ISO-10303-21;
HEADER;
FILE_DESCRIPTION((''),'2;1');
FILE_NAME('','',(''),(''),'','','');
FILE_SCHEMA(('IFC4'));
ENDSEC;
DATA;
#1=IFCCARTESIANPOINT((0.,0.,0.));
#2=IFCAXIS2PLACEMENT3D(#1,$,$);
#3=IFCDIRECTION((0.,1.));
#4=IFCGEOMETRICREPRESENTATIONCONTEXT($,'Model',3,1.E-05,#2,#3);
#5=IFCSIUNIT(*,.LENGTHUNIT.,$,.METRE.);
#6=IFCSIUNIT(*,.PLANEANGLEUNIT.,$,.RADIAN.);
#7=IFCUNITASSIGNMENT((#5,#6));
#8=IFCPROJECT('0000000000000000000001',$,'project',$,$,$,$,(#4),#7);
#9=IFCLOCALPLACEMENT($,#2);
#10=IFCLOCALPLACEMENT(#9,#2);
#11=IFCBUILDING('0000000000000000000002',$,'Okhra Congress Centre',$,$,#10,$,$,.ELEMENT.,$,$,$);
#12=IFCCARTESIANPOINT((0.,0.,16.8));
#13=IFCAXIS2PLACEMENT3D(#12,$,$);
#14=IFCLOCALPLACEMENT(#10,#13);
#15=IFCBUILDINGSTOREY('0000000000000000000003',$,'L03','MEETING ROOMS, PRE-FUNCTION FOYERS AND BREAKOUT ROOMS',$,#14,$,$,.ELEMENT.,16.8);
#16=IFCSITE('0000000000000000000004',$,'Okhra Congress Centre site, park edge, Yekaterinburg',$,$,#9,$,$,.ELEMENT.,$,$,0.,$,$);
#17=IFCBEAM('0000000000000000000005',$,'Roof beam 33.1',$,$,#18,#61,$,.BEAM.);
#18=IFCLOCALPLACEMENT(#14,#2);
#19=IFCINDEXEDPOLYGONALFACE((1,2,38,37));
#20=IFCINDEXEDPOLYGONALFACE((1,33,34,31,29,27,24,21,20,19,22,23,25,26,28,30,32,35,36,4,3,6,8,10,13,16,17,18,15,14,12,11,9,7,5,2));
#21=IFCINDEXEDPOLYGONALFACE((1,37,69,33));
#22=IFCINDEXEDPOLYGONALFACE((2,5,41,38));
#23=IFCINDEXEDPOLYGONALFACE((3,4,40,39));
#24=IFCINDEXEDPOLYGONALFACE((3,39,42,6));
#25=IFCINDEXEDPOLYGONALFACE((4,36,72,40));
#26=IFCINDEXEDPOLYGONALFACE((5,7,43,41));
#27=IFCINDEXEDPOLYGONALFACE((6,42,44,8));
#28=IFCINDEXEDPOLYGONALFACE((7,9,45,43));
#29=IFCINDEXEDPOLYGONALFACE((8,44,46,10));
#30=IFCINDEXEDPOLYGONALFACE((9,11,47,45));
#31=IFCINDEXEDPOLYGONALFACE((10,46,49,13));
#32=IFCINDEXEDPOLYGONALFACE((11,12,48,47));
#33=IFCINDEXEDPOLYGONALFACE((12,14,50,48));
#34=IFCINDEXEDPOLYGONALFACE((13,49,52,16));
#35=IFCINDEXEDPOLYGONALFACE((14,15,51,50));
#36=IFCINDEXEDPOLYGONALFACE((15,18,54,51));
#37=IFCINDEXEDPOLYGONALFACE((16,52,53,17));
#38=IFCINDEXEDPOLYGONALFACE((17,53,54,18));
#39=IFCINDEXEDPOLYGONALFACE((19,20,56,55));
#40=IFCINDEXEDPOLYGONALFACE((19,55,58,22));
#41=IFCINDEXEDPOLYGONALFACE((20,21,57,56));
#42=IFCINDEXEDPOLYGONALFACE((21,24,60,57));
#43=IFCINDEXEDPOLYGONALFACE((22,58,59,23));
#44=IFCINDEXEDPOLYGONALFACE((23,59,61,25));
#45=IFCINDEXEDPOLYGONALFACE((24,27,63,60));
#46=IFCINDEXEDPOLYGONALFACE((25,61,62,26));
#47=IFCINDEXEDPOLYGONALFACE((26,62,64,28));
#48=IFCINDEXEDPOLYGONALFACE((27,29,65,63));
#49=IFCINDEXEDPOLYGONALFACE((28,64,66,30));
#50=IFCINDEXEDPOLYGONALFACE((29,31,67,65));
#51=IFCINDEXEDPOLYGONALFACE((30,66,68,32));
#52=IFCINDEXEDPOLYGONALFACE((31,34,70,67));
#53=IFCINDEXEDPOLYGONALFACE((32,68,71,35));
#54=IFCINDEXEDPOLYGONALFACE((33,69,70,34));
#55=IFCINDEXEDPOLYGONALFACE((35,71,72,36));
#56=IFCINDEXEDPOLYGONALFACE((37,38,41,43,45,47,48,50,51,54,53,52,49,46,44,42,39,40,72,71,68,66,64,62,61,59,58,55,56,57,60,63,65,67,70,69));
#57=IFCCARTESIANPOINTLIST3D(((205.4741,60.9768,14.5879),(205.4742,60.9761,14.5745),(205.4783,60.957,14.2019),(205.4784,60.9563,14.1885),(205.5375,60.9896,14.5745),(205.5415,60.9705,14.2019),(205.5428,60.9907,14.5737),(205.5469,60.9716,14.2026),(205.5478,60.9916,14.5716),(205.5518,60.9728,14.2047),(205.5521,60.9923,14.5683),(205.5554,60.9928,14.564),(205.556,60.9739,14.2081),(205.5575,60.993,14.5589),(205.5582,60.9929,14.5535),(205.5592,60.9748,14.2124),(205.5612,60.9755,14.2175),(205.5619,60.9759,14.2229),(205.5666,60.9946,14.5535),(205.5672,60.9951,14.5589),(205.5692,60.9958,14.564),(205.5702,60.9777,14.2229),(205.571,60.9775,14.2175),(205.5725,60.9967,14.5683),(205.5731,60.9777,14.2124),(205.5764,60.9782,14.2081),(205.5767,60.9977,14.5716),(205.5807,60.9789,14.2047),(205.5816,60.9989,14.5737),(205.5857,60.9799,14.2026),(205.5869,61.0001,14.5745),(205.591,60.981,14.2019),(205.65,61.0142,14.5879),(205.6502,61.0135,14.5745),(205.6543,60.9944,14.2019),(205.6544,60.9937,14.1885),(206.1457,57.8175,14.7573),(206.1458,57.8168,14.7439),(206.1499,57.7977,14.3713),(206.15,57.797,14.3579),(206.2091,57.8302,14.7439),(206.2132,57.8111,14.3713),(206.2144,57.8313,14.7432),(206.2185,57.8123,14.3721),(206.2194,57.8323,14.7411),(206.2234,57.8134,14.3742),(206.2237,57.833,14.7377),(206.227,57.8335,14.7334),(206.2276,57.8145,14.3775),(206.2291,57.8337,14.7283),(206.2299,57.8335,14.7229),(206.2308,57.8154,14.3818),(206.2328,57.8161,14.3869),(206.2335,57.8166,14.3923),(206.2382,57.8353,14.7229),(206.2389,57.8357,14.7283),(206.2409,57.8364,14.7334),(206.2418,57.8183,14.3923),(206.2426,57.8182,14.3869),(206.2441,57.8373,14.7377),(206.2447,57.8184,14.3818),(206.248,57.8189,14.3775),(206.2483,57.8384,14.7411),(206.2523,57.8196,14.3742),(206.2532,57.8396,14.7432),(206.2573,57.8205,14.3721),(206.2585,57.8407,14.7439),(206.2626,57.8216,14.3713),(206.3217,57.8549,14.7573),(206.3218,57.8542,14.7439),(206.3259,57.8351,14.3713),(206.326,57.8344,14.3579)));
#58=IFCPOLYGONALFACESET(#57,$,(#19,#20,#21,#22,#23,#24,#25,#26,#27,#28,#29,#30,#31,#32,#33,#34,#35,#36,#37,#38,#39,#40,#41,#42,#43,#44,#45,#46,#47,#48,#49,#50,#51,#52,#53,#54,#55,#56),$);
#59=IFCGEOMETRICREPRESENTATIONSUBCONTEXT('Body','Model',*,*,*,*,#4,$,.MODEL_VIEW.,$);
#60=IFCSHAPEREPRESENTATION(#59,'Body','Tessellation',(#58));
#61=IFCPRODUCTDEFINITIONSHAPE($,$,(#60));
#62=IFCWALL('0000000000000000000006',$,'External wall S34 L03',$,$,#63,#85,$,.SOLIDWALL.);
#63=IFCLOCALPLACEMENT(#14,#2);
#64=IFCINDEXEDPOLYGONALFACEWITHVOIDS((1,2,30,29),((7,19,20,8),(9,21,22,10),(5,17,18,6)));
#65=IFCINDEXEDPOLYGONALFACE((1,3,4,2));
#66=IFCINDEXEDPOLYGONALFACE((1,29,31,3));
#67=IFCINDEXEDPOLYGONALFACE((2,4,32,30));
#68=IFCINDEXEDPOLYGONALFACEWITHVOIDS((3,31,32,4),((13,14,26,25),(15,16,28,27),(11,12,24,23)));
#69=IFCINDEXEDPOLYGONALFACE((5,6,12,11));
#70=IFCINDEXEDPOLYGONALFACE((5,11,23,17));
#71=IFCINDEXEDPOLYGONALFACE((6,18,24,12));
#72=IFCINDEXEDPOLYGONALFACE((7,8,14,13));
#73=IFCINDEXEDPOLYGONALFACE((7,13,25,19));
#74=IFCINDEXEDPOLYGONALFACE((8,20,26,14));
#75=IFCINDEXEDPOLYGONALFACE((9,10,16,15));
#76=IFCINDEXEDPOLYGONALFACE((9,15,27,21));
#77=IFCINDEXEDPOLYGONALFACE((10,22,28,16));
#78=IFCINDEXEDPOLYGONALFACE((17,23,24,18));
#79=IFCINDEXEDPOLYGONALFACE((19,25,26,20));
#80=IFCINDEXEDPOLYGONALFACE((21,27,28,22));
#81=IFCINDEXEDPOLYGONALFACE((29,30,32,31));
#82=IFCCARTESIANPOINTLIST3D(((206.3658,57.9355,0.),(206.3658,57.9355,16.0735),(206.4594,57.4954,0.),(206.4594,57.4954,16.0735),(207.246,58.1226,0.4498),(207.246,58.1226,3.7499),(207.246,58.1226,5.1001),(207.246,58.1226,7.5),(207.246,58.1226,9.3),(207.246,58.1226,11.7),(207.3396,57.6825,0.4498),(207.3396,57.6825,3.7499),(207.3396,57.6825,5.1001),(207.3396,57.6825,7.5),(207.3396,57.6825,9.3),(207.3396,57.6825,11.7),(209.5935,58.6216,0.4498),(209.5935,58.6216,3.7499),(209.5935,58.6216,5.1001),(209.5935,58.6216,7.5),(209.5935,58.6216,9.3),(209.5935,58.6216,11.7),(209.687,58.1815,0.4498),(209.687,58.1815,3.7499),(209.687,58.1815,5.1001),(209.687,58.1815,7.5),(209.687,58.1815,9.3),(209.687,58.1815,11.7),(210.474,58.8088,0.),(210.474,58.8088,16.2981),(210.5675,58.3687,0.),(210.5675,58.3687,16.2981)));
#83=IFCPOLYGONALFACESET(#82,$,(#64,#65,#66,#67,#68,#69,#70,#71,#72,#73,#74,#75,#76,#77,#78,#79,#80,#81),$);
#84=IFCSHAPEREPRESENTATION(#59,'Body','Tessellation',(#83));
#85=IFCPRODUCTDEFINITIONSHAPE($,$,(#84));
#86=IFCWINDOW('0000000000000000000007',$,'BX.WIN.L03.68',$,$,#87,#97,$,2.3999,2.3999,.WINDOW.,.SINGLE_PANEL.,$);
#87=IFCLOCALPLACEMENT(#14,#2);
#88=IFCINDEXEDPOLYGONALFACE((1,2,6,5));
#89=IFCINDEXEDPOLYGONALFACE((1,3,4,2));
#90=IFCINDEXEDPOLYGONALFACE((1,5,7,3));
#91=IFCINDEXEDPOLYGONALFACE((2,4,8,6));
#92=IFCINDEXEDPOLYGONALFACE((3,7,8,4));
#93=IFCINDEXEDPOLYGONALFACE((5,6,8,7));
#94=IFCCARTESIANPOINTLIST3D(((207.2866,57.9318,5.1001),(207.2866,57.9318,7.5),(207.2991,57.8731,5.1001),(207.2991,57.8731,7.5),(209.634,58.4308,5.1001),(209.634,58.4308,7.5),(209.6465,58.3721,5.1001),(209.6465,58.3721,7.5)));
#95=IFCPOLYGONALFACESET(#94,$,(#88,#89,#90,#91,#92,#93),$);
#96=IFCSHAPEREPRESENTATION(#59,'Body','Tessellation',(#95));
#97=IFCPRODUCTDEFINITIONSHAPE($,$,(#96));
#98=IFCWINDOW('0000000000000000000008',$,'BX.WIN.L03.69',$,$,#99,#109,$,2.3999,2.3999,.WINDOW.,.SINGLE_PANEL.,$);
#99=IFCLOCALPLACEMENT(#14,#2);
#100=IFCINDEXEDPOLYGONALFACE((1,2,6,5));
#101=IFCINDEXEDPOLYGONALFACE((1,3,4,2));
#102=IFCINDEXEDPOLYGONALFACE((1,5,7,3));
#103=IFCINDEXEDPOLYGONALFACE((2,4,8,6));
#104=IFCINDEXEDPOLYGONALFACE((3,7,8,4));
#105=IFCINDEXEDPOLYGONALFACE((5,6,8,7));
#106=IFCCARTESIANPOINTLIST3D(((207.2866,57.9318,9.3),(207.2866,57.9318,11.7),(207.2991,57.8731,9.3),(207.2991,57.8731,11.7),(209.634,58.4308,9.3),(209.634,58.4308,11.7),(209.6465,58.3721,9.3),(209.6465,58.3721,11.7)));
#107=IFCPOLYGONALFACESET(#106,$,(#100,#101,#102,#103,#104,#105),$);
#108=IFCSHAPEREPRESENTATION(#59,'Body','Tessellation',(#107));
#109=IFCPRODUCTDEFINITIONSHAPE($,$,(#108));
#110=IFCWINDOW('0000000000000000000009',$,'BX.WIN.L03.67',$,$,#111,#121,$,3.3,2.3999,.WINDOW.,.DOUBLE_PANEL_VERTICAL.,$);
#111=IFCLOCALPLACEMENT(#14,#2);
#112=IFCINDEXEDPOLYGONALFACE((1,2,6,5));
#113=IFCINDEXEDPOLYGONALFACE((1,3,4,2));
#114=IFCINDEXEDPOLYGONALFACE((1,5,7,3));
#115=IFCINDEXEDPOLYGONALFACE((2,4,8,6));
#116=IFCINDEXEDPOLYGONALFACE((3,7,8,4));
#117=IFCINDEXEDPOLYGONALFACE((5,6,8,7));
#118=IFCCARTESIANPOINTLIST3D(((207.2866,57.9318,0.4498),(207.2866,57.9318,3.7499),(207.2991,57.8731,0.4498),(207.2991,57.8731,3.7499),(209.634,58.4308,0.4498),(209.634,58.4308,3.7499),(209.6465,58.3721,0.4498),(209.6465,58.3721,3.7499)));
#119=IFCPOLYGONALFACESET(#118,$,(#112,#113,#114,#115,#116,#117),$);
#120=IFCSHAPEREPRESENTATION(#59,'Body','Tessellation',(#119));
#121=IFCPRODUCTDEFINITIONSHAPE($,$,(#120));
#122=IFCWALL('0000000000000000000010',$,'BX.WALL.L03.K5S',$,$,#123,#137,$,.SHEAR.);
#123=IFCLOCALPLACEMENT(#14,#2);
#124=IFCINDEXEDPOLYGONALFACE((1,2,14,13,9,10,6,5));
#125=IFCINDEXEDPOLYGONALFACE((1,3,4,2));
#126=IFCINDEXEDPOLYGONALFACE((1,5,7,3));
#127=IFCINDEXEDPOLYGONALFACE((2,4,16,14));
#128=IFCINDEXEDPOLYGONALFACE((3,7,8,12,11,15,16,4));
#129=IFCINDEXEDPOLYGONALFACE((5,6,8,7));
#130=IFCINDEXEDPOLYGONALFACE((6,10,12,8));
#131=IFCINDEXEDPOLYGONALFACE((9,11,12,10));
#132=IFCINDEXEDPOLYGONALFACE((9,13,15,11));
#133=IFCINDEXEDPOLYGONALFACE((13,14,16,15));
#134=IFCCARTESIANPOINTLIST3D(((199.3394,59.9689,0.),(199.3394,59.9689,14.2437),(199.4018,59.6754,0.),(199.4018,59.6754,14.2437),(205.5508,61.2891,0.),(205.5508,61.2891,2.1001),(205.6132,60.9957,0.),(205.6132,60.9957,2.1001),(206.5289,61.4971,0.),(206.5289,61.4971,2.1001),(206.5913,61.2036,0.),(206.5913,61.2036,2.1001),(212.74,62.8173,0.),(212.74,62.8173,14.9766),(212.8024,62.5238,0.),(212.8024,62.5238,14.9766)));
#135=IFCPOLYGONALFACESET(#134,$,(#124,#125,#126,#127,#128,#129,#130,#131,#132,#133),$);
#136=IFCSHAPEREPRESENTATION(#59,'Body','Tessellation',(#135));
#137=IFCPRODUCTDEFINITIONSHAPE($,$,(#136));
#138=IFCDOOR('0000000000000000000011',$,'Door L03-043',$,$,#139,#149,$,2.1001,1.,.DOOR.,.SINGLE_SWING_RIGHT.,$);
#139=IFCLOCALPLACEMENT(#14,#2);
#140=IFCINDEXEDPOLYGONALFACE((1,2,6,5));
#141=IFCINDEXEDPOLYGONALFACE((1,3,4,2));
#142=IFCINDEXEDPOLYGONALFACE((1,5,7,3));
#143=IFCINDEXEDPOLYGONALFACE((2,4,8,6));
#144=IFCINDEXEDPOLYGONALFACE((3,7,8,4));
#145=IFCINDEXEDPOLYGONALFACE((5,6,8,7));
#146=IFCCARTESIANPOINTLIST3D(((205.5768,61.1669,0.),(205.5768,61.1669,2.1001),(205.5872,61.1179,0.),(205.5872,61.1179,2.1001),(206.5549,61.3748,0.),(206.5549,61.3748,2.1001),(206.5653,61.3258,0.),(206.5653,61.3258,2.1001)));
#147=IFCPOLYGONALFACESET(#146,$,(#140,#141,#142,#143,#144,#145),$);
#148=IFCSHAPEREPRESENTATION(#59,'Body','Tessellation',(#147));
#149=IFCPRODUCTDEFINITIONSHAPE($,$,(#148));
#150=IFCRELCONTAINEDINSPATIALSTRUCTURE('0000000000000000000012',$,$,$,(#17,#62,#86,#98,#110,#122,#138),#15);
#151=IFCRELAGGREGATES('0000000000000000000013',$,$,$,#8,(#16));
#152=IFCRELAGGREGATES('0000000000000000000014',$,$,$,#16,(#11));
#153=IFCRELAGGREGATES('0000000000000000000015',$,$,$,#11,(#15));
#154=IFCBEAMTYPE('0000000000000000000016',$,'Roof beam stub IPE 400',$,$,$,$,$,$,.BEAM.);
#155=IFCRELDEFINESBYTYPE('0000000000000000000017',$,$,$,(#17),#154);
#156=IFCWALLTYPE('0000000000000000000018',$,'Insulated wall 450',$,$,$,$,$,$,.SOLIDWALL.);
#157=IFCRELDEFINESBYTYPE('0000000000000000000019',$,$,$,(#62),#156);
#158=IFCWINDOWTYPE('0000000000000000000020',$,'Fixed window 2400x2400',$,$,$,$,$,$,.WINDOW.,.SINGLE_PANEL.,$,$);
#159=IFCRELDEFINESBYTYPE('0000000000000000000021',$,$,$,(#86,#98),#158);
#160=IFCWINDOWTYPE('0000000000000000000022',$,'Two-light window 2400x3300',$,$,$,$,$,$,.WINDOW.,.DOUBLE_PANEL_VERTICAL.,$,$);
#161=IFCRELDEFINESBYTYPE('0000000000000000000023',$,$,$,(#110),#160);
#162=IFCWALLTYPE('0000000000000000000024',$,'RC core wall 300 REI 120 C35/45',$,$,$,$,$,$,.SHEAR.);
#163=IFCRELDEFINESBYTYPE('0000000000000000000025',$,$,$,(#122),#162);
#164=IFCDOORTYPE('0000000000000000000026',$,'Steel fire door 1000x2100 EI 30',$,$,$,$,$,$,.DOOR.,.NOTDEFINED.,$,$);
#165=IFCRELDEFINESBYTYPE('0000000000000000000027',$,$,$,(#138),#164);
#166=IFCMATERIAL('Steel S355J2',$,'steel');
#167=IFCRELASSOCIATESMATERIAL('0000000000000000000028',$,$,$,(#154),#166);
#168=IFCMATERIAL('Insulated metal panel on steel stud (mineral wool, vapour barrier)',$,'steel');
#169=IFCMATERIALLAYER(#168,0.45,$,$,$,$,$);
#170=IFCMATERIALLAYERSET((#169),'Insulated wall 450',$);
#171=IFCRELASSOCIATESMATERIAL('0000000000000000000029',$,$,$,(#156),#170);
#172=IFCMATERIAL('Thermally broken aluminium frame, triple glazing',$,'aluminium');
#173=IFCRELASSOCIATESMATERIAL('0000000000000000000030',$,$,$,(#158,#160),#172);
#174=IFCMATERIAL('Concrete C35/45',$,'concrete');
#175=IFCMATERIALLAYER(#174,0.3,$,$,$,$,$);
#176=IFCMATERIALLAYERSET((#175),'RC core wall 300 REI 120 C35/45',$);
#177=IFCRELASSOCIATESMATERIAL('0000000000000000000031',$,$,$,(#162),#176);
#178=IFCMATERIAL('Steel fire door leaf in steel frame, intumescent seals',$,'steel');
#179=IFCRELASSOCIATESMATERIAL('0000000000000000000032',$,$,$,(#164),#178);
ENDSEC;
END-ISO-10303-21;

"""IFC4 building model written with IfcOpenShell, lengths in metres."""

from ifc_helpers import new_model, si_unit, direction, frame, frame_2d, origin, origin_2d, place, context, subcontext, project, spatial, polyline, rectangle, i_section, outline, extrude, material, layer, layer_set, material_profile, profile_set, type_object, element, fill, save


model = new_model("IFC4")

# Units and contexts
model_context = context("Model", 3, precision=1e-05, world=origin(), true_north=direction((0.0, 1.0)))
body_context = subcontext(model_context, "Body", "Model", "MODEL_VIEW")
ifc_project = project(units=[si_unit("LENGTHUNIT", "METRE"), si_unit("PLANEANGLEUNIT", "RADIAN")], contexts=[model_context])

# Site, building, storey
site_placement = place(None, origin())
site = spatial("IfcSite", under=ifc_project, at=site_placement, Name="Okhra Congress Centre site, park edge, Yekaterinburg", CompositionType="ELEMENT", RefElevation=0.0)
building_placement = place(site_placement, origin())
building = spatial("IfcBuilding", under=site, at=building_placement, Name="Okhra Congress Centre", CompositionType="ELEMENT")
storey_placement = place(building_placement, frame((0.0, 0.0, 16.8)))
storey = spatial("IfcBuildingStorey", under=building, at=storey_placement, Name="L03", Description="MEETING ROOMS, PRE-FUNCTION FOYERS AND BREAKOUT ROOMS", CompositionType="ELEMENT", Elevation=16.8)

# Shared definitions
ifc_material_1 = material(Name="Steel S355J2", Category="steel")

# Beam
ifc_material_profile_1 = material_profile(ifc_material_1, i_section(OverallWidth=0.1799, OverallDepth=0.3999, WebThickness=0.0085, FlangeThickness=0.0134, FilletRadius=0.021, at=origin_2d()), Name="IPE 400")
ifc_profile_set_1 = profile_set([ifc_material_profile_1], Name="Steel S355J2")
beam_type_1 = type_object("IfcBeamType", Name="Roof beam stub IPE 400", PredefinedType="BEAM", material=ifc_profile_set_1)
beam_placement = place(storey_placement, frame((206.2358, 57.8259, 14.5576), z_axis=(-0.207648, 0.9768, -0.052384), x_axis=(-0.978143, -0.207934, 0.0)))
element("IfcBeam", 1, at=beam_placement, inside=storey, type_object=beam_type_1, Name="Roof beam 33.1", PredefinedType="BEAM", context=body_context, shape_type="SweptSolid", body=[
    extrude(i_section(OverallWidth=0.1799, OverallDepth=0.3999, WebThickness=0.0085, FlangeThickness=0.0134, FilletRadius=0.021, at=origin_2d()), origin(), (0.0, 0.0, 1.0), 3.2344),
])

# Wall, openings, windows
ifc_material_2 = material(Name="Insulated metal panel on steel stud (mineral wool, vapour barrier)", Category="steel")
ifc_layer_1 = layer(ifc_material_2, 0.45)
ifc_layer_set_1 = layer_set([ifc_layer_1], Name="Insulated wall 450")
wall_type_1 = type_object("IfcWallType", Name="Insulated wall 450", PredefinedType="SOLIDWALL", material=ifc_layer_set_1)
wall_1_placement = place(storey_placement, frame((206.4126, 57.7153, 0.0), z_axis=(0.0, 0.0, 1.0), x_axis=(0.978144, 0.207929, 0.0)))
wall_1 = element("IfcWall", 2, at=wall_1_placement, inside=storey, type_object=wall_type_1, Name="External wall S34 L03", PredefinedType="SOLIDWALL", context=body_context, shape_type="SweptSolid", body=[
    extrude(outline(polyline([(0.0, 0.0), (4.2, 0.0), (4.2, 16.2981), (0.0, 16.0735), (0.0, 0.0)])), frame((0.0, 0.2251, 0.0), z_axis=(0.0, -1.0, 0.0), x_axis=(1.0, 0.0, 0.0)), (0.0, 0.0, 1.0), 0.45),
])
opening_1_placement = place(wall_1_placement, frame((0.8999, 0.0, 0.45)))
opening_1 = element("IfcOpeningElement", 3, at=opening_1_placement, cuts=wall_1, PredefinedType="OPENING", context=body_context, shape_type="SweptSolid", body=[
    extrude(rectangle(XDim=2.3999, YDim=3.3, at=frame_2d((1.2, 1.6499))), frame((0.0, 0.2349, 0.0), z_axis=(0.0, -1.0, 0.0), x_axis=(1.0, 0.0, 0.0)), (0.0, 0.0, 1.0), 0.47),
])
opening_2_placement = place(wall_1_placement, frame((0.8999, 0.0, 5.1001)))
opening_2 = element("IfcOpeningElement", 4, at=opening_2_placement, cuts=wall_1, PredefinedType="OPENING", context=body_context, shape_type="SweptSolid", body=[
    extrude(rectangle(XDim=2.3999, YDim=2.3999, at=frame_2d((1.2, 1.2))), frame((0.0, 0.2349, 0.0), z_axis=(0.0, -1.0, 0.0), x_axis=(1.0, 0.0, 0.0)), (0.0, 0.0, 1.0), 0.47),
])
opening_3_placement = place(wall_1_placement, frame((0.8999, 0.0, 9.3)))
opening_3 = element("IfcOpeningElement", 5, at=opening_3_placement, cuts=wall_1, PredefinedType="OPENING", context=body_context, shape_type="SweptSolid", body=[
    extrude(rectangle(XDim=2.3999, YDim=2.3999, at=frame_2d((1.2, 1.2))), frame((0.0, 0.2349, 0.0), z_axis=(0.0, -1.0, 0.0), x_axis=(1.0, 0.0, 0.0)), (0.0, 0.0, 1.0), 0.47),
])
ifc_material_3 = material(Name="Thermally broken aluminium frame, triple glazing", Category="aluminium")
window_type_1 = type_object("IfcWindowType", Name="Fixed window 2400x2400", PartitioningType="SINGLE_PANEL", PredefinedType="WINDOW", material=ifc_material_3)
window_1_placement = place(opening_2_placement, origin())
window_1 = element("IfcWindow", 6, at=window_1_placement, inside=storey, type_object=window_type_1, Name="BX.WIN.L03.68", OverallHeight=2.3999, OverallWidth=2.3999, PartitioningType="SINGLE_PANEL", PredefinedType="WINDOW", context=body_context, shape_type="SweptSolid", body=[
    extrude(rectangle(XDim=2.3999, YDim=2.3999, at=frame_2d((1.2, 1.2))), frame((0.0, 0.03, 0.0), z_axis=(0.0, -1.0, 0.0), x_axis=(1.0, 0.0, 0.0)), (0.0, 0.0, 1.0), 0.0601),
])
fill(opening_2, window_1)
window_2_placement = place(opening_3_placement, origin())
window_2 = element("IfcWindow", 7, at=window_2_placement, inside=storey, type_object=window_type_1, Name="BX.WIN.L03.69", OverallHeight=2.3999, OverallWidth=2.3999, PartitioningType="SINGLE_PANEL", PredefinedType="WINDOW", context=body_context, shape_type="SweptSolid", body=[
    extrude(rectangle(XDim=2.3999, YDim=2.3999, at=frame_2d((1.2, 1.2))), frame((0.0, 0.03, 0.0), z_axis=(0.0, -1.0, 0.0), x_axis=(1.0, 0.0, 0.0)), (0.0, 0.0, 1.0), 0.0601),
])
fill(opening_3, window_2)
window_type_2 = type_object("IfcWindowType", Name="Two-light window 2400x3300", PartitioningType="DOUBLE_PANEL_VERTICAL", PredefinedType="WINDOW", material=ifc_material_3)
window_3_placement = place(opening_1_placement, origin())
window_3 = element("IfcWindow", 8, at=window_3_placement, inside=storey, type_object=window_type_2, Name="BX.WIN.L03.67", OverallHeight=3.3, OverallWidth=2.3999, PartitioningType="DOUBLE_PANEL_VERTICAL", PredefinedType="WINDOW", context=body_context, shape_type="SweptSolid", body=[
    extrude(rectangle(XDim=2.3999, YDim=3.3, at=frame_2d((1.2, 1.6499))), frame((0.0, 0.03, 0.0), z_axis=(0.0, -1.0, 0.0), x_axis=(1.0, 0.0, 0.0)), (0.0, 0.0, 1.0), 0.0601),
])
fill(opening_1, window_3)

# Wall, opening, door
ifc_material_4 = material(Name="Concrete C35/45", Category="concrete")
ifc_layer_2 = layer(ifc_material_4, 0.3)
ifc_layer_set_2 = layer_set([ifc_layer_2], Name="RC core wall 300 REI 120 C35/45")
wall_type_2 = type_object("IfcWallType", Name="RC core wall 300 REI 120 C35/45", PredefinedType="SHEAR", material=ifc_layer_set_2)
wall_2_placement = place(storey_placement, frame((199.3706, 59.8223, 0.0), z_axis=(0.0, 0.0, 1.0), x_axis=(0.978148, 0.207911, 0.0)))
wall_2 = element("IfcWall", 9, at=wall_2_placement, inside=storey, type_object=wall_type_2, Name="BX.WALL.L03.K5S", PredefinedType="SHEAR", context=body_context, shape_type="SweptSolid", body=[
    extrude(outline(polyline([(0.0, 0.0), (13.7, 0.0), (13.7, 14.9766), (0.0, 14.2437), (0.0, 0.0)])), frame((0.0, 0.1499, 0.0), z_axis=(0.0, -1.0, 0.0), x_axis=(1.0, 0.0, 0.0)), (0.0, 0.0, 1.0), 0.3),
])
opening_4_placement = place(wall_2_placement, frame((6.3501, 0.0, 0.0)))
opening_4 = element("IfcOpeningElement", 10, at=opening_4_placement, cuts=wall_2, PredefinedType="OPENING", context=body_context, shape_type="SweptSolid", body=[
    extrude(rectangle(XDim=1.0, YDim=2.1001, at=frame_2d((0.5, 1.05))), frame((0.0, 0.1599, 0.0), z_axis=(0.0, -1.0, 0.0), x_axis=(1.0, 0.0, 0.0)), (0.0, 0.0, 1.0), 0.3201),
])
ifc_material_5 = material(Name="Steel fire door leaf in steel frame, intumescent seals", Category="steel")
door_type_1 = type_object("IfcDoorType", Name="Steel fire door 1000x2100 EI 30", OperationType="NOTDEFINED", PredefinedType="DOOR", material=ifc_material_5)
door_1_placement = place(opening_4_placement, origin())
door_1 = element("IfcDoor", 11, at=door_1_placement, inside=storey, type_object=door_type_1, Name="Door L03-043", OperationType="SINGLE_SWING_RIGHT", OverallHeight=2.1001, OverallWidth=1.0, PredefinedType="DOOR", context=body_context, shape_type="SweptSolid", body=[
    extrude(rectangle(XDim=1.0, YDim=2.1001, at=frame_2d((0.5, 1.05))), frame((0.0, 0.0249, 0.0), z_axis=(0.0, -1.0, 0.0), x_axis=(1.0, 0.0, 0.0)), (0.0, 0.0, 1.0), 0.05),
])
fill(opening_4, door_1)

save(model, "model.ifc")
